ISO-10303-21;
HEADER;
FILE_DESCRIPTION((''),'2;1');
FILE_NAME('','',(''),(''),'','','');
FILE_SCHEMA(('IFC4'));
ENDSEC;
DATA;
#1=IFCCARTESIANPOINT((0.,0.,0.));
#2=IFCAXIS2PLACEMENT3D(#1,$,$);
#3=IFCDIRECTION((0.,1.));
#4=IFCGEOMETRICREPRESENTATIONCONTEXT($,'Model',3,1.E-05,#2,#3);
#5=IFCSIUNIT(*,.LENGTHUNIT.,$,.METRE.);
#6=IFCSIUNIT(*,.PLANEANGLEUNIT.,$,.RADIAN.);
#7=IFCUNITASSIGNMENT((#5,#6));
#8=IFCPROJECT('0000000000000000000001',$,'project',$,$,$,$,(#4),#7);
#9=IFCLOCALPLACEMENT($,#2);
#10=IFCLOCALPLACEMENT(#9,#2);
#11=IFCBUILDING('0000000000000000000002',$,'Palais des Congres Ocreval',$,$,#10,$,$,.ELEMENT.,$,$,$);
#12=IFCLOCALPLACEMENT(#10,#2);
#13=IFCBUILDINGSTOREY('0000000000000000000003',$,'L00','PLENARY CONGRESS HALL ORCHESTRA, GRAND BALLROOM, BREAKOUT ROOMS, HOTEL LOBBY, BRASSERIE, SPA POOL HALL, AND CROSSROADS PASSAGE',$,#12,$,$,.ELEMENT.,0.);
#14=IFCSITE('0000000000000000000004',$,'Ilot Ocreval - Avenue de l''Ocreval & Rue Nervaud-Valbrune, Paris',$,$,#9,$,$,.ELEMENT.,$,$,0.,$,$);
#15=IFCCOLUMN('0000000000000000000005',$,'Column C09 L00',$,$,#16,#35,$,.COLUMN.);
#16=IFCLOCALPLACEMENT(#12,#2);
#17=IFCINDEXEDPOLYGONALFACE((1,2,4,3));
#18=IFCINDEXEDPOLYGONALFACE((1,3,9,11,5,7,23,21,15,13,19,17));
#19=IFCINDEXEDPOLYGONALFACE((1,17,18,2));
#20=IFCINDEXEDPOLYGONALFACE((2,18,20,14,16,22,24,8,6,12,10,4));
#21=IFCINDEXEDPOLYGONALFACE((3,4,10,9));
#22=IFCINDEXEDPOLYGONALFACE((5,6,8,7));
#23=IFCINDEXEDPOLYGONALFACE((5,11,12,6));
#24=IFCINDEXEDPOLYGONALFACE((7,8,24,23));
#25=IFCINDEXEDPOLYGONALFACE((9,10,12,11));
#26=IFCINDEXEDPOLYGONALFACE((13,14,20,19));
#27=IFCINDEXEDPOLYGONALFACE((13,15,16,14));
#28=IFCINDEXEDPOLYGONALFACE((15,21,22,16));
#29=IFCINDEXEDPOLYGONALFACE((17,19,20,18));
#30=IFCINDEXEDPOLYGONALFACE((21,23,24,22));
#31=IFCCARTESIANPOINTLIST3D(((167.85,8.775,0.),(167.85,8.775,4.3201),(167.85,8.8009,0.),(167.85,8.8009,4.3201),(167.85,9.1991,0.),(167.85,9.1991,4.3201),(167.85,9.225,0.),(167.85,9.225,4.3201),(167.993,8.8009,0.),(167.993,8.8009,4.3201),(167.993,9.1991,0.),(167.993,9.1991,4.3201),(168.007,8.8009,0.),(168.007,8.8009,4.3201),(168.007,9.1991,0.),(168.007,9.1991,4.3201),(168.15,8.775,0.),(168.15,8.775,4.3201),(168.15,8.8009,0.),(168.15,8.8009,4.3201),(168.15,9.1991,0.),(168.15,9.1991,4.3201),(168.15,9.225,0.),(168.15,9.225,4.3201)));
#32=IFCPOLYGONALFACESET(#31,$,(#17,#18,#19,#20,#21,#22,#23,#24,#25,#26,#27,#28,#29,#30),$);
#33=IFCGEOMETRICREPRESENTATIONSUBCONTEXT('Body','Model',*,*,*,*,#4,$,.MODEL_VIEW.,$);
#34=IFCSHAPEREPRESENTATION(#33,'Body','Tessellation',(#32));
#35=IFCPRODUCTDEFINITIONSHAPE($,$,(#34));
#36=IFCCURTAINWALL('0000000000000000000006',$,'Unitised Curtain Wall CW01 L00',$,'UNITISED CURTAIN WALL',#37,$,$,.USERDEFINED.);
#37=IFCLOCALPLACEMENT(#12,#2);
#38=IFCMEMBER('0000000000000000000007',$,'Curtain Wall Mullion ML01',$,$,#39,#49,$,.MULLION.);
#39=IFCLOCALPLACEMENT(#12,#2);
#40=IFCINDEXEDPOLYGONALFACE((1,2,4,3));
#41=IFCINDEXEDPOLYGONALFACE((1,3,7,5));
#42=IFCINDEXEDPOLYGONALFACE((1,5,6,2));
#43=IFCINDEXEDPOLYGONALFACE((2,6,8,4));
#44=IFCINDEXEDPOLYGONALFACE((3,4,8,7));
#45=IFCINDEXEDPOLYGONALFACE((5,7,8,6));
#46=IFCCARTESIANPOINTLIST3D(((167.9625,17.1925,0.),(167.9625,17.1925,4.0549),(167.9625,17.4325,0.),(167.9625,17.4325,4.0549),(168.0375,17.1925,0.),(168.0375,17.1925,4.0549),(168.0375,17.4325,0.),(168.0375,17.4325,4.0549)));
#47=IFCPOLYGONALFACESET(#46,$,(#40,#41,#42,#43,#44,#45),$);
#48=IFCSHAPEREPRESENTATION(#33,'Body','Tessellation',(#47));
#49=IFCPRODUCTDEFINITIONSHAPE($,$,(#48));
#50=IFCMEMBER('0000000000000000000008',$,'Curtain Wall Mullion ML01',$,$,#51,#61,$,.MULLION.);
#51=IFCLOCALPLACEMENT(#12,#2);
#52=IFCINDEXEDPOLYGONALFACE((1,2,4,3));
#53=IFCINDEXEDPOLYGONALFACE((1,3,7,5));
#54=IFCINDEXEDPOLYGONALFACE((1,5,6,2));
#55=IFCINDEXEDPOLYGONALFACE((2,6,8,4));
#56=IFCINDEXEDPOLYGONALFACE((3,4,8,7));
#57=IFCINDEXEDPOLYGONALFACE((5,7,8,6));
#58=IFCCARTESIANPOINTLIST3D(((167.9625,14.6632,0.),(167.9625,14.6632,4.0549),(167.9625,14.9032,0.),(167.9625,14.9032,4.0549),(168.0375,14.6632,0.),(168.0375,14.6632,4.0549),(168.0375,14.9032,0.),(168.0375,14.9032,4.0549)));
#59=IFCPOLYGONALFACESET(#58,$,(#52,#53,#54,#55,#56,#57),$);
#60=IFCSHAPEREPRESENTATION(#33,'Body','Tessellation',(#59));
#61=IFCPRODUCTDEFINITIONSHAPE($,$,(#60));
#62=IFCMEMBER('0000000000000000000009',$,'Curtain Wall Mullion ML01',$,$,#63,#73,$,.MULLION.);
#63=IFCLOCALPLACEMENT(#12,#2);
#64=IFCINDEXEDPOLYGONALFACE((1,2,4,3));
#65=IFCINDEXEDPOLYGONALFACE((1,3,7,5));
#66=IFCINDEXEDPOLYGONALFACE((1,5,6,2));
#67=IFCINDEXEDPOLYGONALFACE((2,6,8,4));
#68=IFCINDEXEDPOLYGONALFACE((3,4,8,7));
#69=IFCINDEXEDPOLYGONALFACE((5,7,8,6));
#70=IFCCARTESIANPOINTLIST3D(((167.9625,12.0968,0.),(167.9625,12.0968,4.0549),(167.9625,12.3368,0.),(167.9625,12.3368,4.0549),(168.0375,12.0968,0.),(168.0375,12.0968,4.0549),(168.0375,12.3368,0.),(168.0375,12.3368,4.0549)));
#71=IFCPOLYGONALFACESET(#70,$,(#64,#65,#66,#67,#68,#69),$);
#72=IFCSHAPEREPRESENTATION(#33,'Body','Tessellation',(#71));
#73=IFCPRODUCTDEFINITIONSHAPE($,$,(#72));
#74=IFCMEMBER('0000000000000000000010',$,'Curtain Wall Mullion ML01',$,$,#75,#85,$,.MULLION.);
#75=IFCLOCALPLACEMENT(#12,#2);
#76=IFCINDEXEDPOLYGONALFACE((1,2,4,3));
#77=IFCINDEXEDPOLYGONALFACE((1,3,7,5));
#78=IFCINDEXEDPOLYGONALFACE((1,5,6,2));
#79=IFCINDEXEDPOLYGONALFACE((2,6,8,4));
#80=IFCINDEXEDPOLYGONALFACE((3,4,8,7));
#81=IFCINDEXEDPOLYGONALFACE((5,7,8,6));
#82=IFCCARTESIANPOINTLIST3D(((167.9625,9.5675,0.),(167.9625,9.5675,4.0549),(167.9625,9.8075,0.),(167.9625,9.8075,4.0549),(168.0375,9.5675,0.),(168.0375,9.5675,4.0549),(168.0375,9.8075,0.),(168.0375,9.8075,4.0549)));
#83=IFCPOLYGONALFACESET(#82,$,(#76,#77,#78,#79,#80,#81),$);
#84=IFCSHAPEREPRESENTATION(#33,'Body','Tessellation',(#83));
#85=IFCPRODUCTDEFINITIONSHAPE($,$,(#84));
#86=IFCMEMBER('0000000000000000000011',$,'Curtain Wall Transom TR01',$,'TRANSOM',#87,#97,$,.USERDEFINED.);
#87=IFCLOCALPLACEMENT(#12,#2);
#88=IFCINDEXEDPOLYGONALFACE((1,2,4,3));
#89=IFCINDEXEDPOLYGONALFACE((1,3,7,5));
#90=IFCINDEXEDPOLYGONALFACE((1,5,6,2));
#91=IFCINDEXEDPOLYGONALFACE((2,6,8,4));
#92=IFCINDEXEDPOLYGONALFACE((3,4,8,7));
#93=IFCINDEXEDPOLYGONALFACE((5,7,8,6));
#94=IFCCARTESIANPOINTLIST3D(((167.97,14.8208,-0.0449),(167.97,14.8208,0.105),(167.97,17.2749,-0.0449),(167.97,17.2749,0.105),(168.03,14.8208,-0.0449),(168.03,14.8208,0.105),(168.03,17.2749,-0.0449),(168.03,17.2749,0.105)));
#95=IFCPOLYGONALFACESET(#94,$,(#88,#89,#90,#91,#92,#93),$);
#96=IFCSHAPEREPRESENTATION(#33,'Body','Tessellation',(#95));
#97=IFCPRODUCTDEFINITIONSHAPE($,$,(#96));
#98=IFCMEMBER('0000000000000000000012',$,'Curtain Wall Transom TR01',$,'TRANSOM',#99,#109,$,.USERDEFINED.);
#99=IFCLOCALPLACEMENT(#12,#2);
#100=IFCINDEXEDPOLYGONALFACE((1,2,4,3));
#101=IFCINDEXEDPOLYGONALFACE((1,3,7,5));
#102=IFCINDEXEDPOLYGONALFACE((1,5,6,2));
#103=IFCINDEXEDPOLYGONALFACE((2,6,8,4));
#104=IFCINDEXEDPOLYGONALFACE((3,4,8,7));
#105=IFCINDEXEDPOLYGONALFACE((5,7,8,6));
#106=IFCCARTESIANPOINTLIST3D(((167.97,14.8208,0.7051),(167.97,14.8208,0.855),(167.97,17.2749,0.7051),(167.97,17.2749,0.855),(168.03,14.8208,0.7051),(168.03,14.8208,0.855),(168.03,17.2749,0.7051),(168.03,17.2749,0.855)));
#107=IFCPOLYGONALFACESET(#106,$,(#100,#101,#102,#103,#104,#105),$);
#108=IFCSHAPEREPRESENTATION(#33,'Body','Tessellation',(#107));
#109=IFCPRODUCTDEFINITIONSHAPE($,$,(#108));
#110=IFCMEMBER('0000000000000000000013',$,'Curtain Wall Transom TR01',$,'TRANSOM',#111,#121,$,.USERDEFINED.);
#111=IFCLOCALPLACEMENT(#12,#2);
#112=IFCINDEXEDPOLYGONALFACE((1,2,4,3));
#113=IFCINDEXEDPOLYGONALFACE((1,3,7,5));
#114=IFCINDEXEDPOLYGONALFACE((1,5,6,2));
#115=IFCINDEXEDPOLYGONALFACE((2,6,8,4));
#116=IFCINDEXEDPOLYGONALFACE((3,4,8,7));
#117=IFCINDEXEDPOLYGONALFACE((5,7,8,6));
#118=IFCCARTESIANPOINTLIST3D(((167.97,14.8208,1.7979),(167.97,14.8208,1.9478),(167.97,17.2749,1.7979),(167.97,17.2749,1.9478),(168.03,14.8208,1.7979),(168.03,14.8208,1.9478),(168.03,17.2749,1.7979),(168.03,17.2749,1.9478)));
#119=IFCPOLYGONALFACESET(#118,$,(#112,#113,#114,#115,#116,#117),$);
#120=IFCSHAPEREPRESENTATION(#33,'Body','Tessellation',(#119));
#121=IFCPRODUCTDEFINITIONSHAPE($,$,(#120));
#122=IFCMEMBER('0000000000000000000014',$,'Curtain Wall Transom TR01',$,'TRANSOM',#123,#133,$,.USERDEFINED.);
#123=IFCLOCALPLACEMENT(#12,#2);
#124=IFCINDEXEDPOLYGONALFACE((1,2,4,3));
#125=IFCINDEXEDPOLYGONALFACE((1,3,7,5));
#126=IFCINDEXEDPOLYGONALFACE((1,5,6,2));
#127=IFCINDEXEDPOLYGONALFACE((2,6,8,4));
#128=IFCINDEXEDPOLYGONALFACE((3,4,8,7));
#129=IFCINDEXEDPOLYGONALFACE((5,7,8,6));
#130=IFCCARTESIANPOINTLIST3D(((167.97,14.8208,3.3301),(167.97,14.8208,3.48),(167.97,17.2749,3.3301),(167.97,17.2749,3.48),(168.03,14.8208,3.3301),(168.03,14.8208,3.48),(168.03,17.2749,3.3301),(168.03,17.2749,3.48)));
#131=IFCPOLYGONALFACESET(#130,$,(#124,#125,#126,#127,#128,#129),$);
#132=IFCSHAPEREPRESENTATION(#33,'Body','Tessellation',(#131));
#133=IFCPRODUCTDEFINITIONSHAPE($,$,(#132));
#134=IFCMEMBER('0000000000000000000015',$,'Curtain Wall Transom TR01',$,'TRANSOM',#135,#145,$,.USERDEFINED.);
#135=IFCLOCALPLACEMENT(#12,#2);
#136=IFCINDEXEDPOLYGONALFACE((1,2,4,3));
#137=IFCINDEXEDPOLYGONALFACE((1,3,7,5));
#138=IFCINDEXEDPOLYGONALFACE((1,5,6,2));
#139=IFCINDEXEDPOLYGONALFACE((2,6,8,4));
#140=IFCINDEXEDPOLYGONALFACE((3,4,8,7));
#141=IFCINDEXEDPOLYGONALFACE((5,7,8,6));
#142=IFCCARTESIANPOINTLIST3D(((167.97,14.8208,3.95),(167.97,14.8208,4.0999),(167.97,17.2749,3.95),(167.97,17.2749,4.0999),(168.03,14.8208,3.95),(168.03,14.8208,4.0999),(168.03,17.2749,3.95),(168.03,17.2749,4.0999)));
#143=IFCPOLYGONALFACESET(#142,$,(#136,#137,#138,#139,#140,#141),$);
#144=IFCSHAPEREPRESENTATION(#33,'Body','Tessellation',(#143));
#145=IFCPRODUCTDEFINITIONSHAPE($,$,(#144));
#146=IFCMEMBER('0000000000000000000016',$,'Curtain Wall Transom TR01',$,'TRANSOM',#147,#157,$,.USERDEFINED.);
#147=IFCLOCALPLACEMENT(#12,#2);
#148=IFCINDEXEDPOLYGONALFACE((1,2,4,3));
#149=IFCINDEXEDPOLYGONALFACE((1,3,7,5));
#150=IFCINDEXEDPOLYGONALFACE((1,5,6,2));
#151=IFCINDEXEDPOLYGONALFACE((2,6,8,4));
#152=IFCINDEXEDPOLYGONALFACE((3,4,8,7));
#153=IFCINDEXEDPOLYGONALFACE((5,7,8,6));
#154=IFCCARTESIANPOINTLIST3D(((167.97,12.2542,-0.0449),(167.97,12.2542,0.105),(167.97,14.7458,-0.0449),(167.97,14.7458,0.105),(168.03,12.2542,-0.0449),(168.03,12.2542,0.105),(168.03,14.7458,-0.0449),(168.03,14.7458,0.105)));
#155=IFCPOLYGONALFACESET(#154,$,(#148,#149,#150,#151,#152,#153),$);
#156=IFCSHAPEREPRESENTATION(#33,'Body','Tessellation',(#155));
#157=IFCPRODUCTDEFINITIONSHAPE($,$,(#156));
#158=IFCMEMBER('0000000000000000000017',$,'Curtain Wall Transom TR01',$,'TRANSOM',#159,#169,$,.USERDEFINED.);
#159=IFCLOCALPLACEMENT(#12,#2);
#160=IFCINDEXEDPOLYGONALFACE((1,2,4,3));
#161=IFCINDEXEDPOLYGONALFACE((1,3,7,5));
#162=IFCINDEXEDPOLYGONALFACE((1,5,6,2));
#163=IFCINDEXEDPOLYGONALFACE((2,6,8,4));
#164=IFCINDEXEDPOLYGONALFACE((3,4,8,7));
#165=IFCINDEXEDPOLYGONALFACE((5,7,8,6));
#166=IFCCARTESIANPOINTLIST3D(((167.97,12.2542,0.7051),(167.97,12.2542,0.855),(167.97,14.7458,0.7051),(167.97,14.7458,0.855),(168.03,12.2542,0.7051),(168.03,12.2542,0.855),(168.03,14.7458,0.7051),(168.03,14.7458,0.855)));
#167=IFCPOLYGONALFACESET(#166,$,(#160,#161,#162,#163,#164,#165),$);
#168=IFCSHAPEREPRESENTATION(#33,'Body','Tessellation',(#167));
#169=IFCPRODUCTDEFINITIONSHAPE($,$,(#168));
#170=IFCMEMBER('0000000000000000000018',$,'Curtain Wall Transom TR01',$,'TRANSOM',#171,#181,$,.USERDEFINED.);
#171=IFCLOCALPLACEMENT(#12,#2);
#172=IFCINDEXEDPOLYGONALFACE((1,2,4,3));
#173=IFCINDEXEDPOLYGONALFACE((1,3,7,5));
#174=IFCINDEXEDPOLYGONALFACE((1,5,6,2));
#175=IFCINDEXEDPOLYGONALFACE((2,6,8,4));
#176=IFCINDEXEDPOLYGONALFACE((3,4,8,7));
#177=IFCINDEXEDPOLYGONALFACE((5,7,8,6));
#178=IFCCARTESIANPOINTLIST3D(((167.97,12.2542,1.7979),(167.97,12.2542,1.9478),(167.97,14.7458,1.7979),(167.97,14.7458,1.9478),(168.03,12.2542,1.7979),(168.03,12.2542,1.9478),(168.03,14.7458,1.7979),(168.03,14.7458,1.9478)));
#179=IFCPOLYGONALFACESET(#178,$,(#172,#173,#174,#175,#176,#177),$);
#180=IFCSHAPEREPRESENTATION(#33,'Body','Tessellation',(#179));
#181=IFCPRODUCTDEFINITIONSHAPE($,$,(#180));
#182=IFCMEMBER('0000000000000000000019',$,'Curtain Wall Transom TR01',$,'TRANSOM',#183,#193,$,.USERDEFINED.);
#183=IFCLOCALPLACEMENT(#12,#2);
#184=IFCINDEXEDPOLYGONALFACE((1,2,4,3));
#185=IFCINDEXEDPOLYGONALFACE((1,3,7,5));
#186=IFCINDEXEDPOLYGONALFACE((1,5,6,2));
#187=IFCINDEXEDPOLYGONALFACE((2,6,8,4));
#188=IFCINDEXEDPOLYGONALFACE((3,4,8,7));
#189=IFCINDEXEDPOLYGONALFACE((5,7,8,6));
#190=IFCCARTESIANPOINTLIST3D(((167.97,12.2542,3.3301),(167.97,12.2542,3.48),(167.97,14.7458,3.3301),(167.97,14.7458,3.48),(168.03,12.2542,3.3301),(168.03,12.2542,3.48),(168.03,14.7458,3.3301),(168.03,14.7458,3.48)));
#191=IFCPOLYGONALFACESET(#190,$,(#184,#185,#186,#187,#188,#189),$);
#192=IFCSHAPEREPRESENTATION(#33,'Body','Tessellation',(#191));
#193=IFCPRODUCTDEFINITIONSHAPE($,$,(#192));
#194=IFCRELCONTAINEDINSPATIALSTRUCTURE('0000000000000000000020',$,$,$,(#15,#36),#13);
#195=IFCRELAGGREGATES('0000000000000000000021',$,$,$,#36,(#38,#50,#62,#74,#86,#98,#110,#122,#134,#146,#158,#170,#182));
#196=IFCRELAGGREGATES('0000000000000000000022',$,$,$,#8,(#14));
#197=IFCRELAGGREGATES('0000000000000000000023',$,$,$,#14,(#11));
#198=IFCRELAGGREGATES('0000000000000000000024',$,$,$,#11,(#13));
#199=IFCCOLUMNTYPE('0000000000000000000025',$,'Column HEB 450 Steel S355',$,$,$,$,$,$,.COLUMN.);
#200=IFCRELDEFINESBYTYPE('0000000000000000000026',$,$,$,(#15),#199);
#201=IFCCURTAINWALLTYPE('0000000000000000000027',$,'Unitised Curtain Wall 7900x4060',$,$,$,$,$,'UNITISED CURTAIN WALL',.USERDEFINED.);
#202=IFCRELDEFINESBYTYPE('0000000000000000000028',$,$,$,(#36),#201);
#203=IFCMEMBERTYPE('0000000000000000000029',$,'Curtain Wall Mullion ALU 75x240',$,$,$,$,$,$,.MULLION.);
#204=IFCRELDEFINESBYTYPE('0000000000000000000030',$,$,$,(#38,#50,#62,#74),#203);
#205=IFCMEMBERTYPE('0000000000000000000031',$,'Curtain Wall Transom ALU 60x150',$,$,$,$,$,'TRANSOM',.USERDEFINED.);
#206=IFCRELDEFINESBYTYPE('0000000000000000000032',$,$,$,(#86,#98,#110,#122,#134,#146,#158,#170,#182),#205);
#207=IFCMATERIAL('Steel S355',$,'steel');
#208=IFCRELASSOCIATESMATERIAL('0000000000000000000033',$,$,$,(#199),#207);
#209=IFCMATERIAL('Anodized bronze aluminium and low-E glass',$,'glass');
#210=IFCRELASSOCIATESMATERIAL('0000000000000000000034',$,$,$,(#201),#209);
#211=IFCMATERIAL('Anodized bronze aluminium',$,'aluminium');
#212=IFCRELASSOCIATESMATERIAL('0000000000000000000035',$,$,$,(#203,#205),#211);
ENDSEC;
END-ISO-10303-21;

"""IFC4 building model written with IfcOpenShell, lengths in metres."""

from ifc_helpers import new_model, si_unit, direction, frame, origin, origin_2d, place, context, subcontext, project, spatial, rectangle, i_section, extrude, material, material_profile, profile_set, type_object, element, aggregate, save


model = new_model("IFC4")

# Units and contexts
model_context = context("Model", 3, precision=1e-05, world=origin(), true_north=direction((0.0, 1.0)))
body_context = subcontext(model_context, "Body", "Model", "MODEL_VIEW")
ifc_project = project(units=[si_unit("LENGTHUNIT", "METRE"), si_unit("PLANEANGLEUNIT", "RADIAN")], contexts=[model_context])

# Site, building, storey
site_placement = place(None, origin())
site = spatial("IfcSite", under=ifc_project, at=site_placement, Name="Ilot Ocreval - Avenue de l'Ocreval & Rue Nervaud-Valbrune, Paris", CompositionType="ELEMENT", RefElevation=0.0)
building_placement = place(site_placement, origin())
building = spatial("IfcBuilding", under=site, at=building_placement, Name="Palais des Congres Ocreval", CompositionType="ELEMENT")
storey_placement = place(building_placement, origin())
storey = spatial("IfcBuildingStorey", under=building, at=storey_placement, Name="L00", Description="PLENARY CONGRESS HALL ORCHESTRA, GRAND BALLROOM, BREAKOUT ROOMS, HOTEL LOBBY, BRASSERIE, SPA POOL HALL, AND CROSSROADS PASSAGE", CompositionType="ELEMENT", Elevation=0.0)

# Column
ifc_material_1 = material(Name="Steel S355", Category="steel")
ifc_material_profile_1 = material_profile(ifc_material_1, i_section(OverallWidth=0.3, OverallDepth=0.45, WebThickness=0.0139, FlangeThickness=0.0259, at=origin_2d()), Name="HEB 450")
ifc_profile_set_1 = profile_set([ifc_material_profile_1], Name="Steel S355")
column_type = type_object("IfcColumnType", Name="Column HEB 450 Steel S355", PredefinedType="COLUMN", material=ifc_profile_set_1)
column_placement = place(storey_placement, frame((168.0, 9.0, 0.0), z_axis=(0.0, 0.0, 1.0), x_axis=(1.0, 0.0, 0.0)))
element("IfcColumn", 1, at=column_placement, inside=storey, type_object=column_type, Name="Column C09 L00", PredefinedType="COLUMN", context=body_context, shape_type="SweptSolid", body=[
    extrude(i_section(OverallWidth=0.3, OverallDepth=0.45, WebThickness=0.0139, FlangeThickness=0.0259, at=origin_2d()), origin(), (0.0, 0.0, 1.0), 4.3201),
])

# Curtain wall, members
ifc_material_2 = material(Name="Anodized bronze aluminium and low-E glass", Category="glass")
curtain_wall_type = type_object("IfcCurtainWallType", Name="Unitised Curtain Wall 7900x4060", ElementType="UNITISED CURTAIN WALL", PredefinedType="USERDEFINED", material=ifc_material_2)
curtain_wall_placement = place(storey_placement, origin())
curtain_wall = element("IfcCurtainWall", 2, at=curtain_wall_placement, inside=storey, type_object=curtain_wall_type, Name="Unitised Curtain Wall CW01 L00", ObjectType="UNITISED CURTAIN WALL", PredefinedType="USERDEFINED")
ifc_material_3 = material(Name="Anodized bronze aluminium", Category="aluminium")
ifc_material_profile_2 = material_profile(ifc_material_3, rectangle(XDim=0.075, YDim=0.24, at=origin_2d()), Name="ALU 75x240")
ifc_profile_set_2 = profile_set([ifc_material_profile_2], Name="Anodized bronze aluminium")
member_type_1 = type_object("IfcMemberType", Name="Curtain Wall Mullion ALU 75x240", PredefinedType="MULLION", material=ifc_profile_set_2)
member_1_placement = place(storey_placement, frame((168.0, 17.3125, 0.0), z_axis=(0.0, 0.0, 1.0), x_axis=(1.0, 0.0, 0.0)))
member_1 = element("IfcMember", 3, at=member_1_placement, type_object=member_type_1, Name="Curtain Wall Mullion ML01", PredefinedType="MULLION", context=body_context, shape_type="SweptSolid", body=[
    extrude(rectangle(XDim=0.075, YDim=0.24, at=origin_2d()), origin(), (0.0, 0.0, 1.0), 4.0549),
])
member_2_placement = place(storey_placement, frame((168.0, 14.7832, 0.0), z_axis=(0.0, 0.0, 1.0), x_axis=(1.0, 0.0, 0.0)))
member_2 = element("IfcMember", 4, at=member_2_placement, type_object=member_type_1, Name="Curtain Wall Mullion ML01", PredefinedType="MULLION", context=body_context, shape_type="SweptSolid", body=[
    extrude(rectangle(XDim=0.075, YDim=0.24, at=origin_2d()), origin(), (0.0, 0.0, 1.0), 4.0549),
])
member_3_placement = place(storey_placement, frame((168.0, 12.2168, 0.0), z_axis=(0.0, 0.0, 1.0), x_axis=(1.0, 0.0, 0.0)))
member_3 = element("IfcMember", 5, at=member_3_placement, type_object=member_type_1, Name="Curtain Wall Mullion ML01", PredefinedType="MULLION", context=body_context, shape_type="SweptSolid", body=[
    extrude(rectangle(XDim=0.075, YDim=0.24, at=origin_2d()), origin(), (0.0, 0.0, 1.0), 4.0549),
])
member_4_placement = place(storey_placement, frame((168.0, 9.6875, 0.0), z_axis=(0.0, 0.0, 1.0), x_axis=(1.0, 0.0, 0.0)))
member_4 = element("IfcMember", 6, at=member_4_placement, type_object=member_type_1, Name="Curtain Wall Mullion ML01", PredefinedType="MULLION", context=body_context, shape_type="SweptSolid", body=[
    extrude(rectangle(XDim=0.075, YDim=0.24, at=origin_2d()), origin(), (0.0, 0.0, 1.0), 4.0549),
])
ifc_material_profile_3 = material_profile(ifc_material_3, rectangle(XDim=0.0601, YDim=0.1499, at=origin_2d()), Name="ALU 60x150")
ifc_profile_set_3 = profile_set([ifc_material_profile_3], Name="Anodized bronze aluminium")
member_type_2 = type_object("IfcMemberType", Name="Curtain Wall Transom ALU 60x150", ElementType="TRANSOM", PredefinedType="USERDEFINED", material=ifc_profile_set_3)
member_5_placement = place(storey_placement, frame((168.0, 17.2749, 0.03), z_axis=(0.0, -1.0, 0.0), x_axis=(1.0, 0.0, 0.0)))
member_5 = element("IfcMember", 7, at=member_5_placement, type_object=member_type_2, Name="Curtain Wall Transom TR01", ObjectType="TRANSOM", PredefinedType="USERDEFINED", context=body_context, shape_type="SweptSolid", body=[
    extrude(rectangle(XDim=0.0601, YDim=0.1499, at=origin_2d()), origin(), (0.0, 0.0, 1.0), 2.4541),
])
member_6_placement = place(storey_placement, frame((168.0, 17.2749, 0.78), z_axis=(0.0, -1.0, 0.0), x_axis=(1.0, 0.0, 0.0)))
member_6 = element("IfcMember", 8, at=member_6_placement, type_object=member_type_2, Name="Curtain Wall Transom TR01", ObjectType="TRANSOM", PredefinedType="USERDEFINED", context=body_context, shape_type="SweptSolid", body=[
    extrude(rectangle(XDim=0.0601, YDim=0.1499, at=origin_2d()), origin(), (0.0, 0.0, 1.0), 2.4541),
])
member_7_placement = place(storey_placement, frame((168.0, 17.2749, 1.8728), z_axis=(0.0, -1.0, 0.0), x_axis=(1.0, 0.0, 0.0)))
member_7 = element("IfcMember", 9, at=member_7_placement, type_object=member_type_2, Name="Curtain Wall Transom TR01", ObjectType="TRANSOM", PredefinedType="USERDEFINED", context=body_context, shape_type="SweptSolid", body=[
    extrude(rectangle(XDim=0.0601, YDim=0.1499, at=origin_2d()), origin(), (0.0, 0.0, 1.0), 2.4541),
])
member_8_placement = place(storey_placement, frame((168.0, 17.2749, 3.405), z_axis=(0.0, -1.0, 0.0), x_axis=(1.0, 0.0, 0.0)))
member_8 = element("IfcMember", 10, at=member_8_placement, type_object=member_type_2, Name="Curtain Wall Transom TR01", ObjectType="TRANSOM", PredefinedType="USERDEFINED", context=body_context, shape_type="SweptSolid", body=[
    extrude(rectangle(XDim=0.0601, YDim=0.1499, at=origin_2d()), origin(), (0.0, 0.0, 1.0), 2.4541),
])
member_9_placement = place(storey_placement, frame((168.0, 17.2749, 4.0249), z_axis=(0.0, -1.0, 0.0), x_axis=(1.0, 0.0, 0.0)))
member_9 = element("IfcMember", 11, at=member_9_placement, type_object=member_type_2, Name="Curtain Wall Transom TR01", ObjectType="TRANSOM", PredefinedType="USERDEFINED", context=body_context, shape_type="SweptSolid", body=[
    extrude(rectangle(XDim=0.0601, YDim=0.1499, at=origin_2d()), origin(), (0.0, 0.0, 1.0), 2.4541),
])
member_10_placement = place(storey_placement, frame((168.0, 14.7458, 0.03), z_axis=(0.0, -1.0, 0.0), x_axis=(1.0, 0.0, 0.0)))
member_10 = element("IfcMember", 12, at=member_10_placement, type_object=member_type_2, Name="Curtain Wall Transom TR01", ObjectType="TRANSOM", PredefinedType="USERDEFINED", context=body_context, shape_type="SweptSolid", body=[
    extrude(rectangle(XDim=0.0601, YDim=0.1499, at=origin_2d()), origin(), (0.0, 0.0, 1.0), 2.4917),
])
member_11_placement = place(storey_placement, frame((168.0, 14.7458, 0.78), z_axis=(0.0, -1.0, 0.0), x_axis=(1.0, 0.0, 0.0)))
member_11 = element("IfcMember", 13, at=member_11_placement, type_object=member_type_2, Name="Curtain Wall Transom TR01", ObjectType="TRANSOM", PredefinedType="USERDEFINED", context=body_context, shape_type="SweptSolid", body=[
    extrude(rectangle(XDim=0.0601, YDim=0.1499, at=origin_2d()), origin(), (0.0, 0.0, 1.0), 2.4917),
])
member_12_placement = place(storey_placement, frame((168.0, 14.7458, 1.8728), z_axis=(0.0, -1.0, 0.0), x_axis=(1.0, 0.0, 0.0)))
member_12 = element("IfcMember", 14, at=member_12_placement, type_object=member_type_2, Name="Curtain Wall Transom TR01", ObjectType="TRANSOM", PredefinedType="USERDEFINED", context=body_context, shape_type="SweptSolid", body=[
    extrude(rectangle(XDim=0.0601, YDim=0.1499, at=origin_2d()), origin(), (0.0, 0.0, 1.0), 2.4917),
])
member_13_placement = place(storey_placement, frame((168.0, 14.7458, 3.405), z_axis=(0.0, -1.0, 0.0), x_axis=(1.0, 0.0, 0.0)))
member_13 = element("IfcMember", 15, at=member_13_placement, type_object=member_type_2, Name="Curtain Wall Transom TR01", ObjectType="TRANSOM", PredefinedType="USERDEFINED", context=body_context, shape_type="SweptSolid", body=[
    extrude(rectangle(XDim=0.0601, YDim=0.1499, at=origin_2d()), origin(), (0.0, 0.0, 1.0), 2.4917),
])

aggregate(curtain_wall, [member_1, member_2, member_3, member_4, member_5, member_6, member_7, member_8, member_9, member_10, member_11, member_12, member_13])

save(model, "model.ifc")
